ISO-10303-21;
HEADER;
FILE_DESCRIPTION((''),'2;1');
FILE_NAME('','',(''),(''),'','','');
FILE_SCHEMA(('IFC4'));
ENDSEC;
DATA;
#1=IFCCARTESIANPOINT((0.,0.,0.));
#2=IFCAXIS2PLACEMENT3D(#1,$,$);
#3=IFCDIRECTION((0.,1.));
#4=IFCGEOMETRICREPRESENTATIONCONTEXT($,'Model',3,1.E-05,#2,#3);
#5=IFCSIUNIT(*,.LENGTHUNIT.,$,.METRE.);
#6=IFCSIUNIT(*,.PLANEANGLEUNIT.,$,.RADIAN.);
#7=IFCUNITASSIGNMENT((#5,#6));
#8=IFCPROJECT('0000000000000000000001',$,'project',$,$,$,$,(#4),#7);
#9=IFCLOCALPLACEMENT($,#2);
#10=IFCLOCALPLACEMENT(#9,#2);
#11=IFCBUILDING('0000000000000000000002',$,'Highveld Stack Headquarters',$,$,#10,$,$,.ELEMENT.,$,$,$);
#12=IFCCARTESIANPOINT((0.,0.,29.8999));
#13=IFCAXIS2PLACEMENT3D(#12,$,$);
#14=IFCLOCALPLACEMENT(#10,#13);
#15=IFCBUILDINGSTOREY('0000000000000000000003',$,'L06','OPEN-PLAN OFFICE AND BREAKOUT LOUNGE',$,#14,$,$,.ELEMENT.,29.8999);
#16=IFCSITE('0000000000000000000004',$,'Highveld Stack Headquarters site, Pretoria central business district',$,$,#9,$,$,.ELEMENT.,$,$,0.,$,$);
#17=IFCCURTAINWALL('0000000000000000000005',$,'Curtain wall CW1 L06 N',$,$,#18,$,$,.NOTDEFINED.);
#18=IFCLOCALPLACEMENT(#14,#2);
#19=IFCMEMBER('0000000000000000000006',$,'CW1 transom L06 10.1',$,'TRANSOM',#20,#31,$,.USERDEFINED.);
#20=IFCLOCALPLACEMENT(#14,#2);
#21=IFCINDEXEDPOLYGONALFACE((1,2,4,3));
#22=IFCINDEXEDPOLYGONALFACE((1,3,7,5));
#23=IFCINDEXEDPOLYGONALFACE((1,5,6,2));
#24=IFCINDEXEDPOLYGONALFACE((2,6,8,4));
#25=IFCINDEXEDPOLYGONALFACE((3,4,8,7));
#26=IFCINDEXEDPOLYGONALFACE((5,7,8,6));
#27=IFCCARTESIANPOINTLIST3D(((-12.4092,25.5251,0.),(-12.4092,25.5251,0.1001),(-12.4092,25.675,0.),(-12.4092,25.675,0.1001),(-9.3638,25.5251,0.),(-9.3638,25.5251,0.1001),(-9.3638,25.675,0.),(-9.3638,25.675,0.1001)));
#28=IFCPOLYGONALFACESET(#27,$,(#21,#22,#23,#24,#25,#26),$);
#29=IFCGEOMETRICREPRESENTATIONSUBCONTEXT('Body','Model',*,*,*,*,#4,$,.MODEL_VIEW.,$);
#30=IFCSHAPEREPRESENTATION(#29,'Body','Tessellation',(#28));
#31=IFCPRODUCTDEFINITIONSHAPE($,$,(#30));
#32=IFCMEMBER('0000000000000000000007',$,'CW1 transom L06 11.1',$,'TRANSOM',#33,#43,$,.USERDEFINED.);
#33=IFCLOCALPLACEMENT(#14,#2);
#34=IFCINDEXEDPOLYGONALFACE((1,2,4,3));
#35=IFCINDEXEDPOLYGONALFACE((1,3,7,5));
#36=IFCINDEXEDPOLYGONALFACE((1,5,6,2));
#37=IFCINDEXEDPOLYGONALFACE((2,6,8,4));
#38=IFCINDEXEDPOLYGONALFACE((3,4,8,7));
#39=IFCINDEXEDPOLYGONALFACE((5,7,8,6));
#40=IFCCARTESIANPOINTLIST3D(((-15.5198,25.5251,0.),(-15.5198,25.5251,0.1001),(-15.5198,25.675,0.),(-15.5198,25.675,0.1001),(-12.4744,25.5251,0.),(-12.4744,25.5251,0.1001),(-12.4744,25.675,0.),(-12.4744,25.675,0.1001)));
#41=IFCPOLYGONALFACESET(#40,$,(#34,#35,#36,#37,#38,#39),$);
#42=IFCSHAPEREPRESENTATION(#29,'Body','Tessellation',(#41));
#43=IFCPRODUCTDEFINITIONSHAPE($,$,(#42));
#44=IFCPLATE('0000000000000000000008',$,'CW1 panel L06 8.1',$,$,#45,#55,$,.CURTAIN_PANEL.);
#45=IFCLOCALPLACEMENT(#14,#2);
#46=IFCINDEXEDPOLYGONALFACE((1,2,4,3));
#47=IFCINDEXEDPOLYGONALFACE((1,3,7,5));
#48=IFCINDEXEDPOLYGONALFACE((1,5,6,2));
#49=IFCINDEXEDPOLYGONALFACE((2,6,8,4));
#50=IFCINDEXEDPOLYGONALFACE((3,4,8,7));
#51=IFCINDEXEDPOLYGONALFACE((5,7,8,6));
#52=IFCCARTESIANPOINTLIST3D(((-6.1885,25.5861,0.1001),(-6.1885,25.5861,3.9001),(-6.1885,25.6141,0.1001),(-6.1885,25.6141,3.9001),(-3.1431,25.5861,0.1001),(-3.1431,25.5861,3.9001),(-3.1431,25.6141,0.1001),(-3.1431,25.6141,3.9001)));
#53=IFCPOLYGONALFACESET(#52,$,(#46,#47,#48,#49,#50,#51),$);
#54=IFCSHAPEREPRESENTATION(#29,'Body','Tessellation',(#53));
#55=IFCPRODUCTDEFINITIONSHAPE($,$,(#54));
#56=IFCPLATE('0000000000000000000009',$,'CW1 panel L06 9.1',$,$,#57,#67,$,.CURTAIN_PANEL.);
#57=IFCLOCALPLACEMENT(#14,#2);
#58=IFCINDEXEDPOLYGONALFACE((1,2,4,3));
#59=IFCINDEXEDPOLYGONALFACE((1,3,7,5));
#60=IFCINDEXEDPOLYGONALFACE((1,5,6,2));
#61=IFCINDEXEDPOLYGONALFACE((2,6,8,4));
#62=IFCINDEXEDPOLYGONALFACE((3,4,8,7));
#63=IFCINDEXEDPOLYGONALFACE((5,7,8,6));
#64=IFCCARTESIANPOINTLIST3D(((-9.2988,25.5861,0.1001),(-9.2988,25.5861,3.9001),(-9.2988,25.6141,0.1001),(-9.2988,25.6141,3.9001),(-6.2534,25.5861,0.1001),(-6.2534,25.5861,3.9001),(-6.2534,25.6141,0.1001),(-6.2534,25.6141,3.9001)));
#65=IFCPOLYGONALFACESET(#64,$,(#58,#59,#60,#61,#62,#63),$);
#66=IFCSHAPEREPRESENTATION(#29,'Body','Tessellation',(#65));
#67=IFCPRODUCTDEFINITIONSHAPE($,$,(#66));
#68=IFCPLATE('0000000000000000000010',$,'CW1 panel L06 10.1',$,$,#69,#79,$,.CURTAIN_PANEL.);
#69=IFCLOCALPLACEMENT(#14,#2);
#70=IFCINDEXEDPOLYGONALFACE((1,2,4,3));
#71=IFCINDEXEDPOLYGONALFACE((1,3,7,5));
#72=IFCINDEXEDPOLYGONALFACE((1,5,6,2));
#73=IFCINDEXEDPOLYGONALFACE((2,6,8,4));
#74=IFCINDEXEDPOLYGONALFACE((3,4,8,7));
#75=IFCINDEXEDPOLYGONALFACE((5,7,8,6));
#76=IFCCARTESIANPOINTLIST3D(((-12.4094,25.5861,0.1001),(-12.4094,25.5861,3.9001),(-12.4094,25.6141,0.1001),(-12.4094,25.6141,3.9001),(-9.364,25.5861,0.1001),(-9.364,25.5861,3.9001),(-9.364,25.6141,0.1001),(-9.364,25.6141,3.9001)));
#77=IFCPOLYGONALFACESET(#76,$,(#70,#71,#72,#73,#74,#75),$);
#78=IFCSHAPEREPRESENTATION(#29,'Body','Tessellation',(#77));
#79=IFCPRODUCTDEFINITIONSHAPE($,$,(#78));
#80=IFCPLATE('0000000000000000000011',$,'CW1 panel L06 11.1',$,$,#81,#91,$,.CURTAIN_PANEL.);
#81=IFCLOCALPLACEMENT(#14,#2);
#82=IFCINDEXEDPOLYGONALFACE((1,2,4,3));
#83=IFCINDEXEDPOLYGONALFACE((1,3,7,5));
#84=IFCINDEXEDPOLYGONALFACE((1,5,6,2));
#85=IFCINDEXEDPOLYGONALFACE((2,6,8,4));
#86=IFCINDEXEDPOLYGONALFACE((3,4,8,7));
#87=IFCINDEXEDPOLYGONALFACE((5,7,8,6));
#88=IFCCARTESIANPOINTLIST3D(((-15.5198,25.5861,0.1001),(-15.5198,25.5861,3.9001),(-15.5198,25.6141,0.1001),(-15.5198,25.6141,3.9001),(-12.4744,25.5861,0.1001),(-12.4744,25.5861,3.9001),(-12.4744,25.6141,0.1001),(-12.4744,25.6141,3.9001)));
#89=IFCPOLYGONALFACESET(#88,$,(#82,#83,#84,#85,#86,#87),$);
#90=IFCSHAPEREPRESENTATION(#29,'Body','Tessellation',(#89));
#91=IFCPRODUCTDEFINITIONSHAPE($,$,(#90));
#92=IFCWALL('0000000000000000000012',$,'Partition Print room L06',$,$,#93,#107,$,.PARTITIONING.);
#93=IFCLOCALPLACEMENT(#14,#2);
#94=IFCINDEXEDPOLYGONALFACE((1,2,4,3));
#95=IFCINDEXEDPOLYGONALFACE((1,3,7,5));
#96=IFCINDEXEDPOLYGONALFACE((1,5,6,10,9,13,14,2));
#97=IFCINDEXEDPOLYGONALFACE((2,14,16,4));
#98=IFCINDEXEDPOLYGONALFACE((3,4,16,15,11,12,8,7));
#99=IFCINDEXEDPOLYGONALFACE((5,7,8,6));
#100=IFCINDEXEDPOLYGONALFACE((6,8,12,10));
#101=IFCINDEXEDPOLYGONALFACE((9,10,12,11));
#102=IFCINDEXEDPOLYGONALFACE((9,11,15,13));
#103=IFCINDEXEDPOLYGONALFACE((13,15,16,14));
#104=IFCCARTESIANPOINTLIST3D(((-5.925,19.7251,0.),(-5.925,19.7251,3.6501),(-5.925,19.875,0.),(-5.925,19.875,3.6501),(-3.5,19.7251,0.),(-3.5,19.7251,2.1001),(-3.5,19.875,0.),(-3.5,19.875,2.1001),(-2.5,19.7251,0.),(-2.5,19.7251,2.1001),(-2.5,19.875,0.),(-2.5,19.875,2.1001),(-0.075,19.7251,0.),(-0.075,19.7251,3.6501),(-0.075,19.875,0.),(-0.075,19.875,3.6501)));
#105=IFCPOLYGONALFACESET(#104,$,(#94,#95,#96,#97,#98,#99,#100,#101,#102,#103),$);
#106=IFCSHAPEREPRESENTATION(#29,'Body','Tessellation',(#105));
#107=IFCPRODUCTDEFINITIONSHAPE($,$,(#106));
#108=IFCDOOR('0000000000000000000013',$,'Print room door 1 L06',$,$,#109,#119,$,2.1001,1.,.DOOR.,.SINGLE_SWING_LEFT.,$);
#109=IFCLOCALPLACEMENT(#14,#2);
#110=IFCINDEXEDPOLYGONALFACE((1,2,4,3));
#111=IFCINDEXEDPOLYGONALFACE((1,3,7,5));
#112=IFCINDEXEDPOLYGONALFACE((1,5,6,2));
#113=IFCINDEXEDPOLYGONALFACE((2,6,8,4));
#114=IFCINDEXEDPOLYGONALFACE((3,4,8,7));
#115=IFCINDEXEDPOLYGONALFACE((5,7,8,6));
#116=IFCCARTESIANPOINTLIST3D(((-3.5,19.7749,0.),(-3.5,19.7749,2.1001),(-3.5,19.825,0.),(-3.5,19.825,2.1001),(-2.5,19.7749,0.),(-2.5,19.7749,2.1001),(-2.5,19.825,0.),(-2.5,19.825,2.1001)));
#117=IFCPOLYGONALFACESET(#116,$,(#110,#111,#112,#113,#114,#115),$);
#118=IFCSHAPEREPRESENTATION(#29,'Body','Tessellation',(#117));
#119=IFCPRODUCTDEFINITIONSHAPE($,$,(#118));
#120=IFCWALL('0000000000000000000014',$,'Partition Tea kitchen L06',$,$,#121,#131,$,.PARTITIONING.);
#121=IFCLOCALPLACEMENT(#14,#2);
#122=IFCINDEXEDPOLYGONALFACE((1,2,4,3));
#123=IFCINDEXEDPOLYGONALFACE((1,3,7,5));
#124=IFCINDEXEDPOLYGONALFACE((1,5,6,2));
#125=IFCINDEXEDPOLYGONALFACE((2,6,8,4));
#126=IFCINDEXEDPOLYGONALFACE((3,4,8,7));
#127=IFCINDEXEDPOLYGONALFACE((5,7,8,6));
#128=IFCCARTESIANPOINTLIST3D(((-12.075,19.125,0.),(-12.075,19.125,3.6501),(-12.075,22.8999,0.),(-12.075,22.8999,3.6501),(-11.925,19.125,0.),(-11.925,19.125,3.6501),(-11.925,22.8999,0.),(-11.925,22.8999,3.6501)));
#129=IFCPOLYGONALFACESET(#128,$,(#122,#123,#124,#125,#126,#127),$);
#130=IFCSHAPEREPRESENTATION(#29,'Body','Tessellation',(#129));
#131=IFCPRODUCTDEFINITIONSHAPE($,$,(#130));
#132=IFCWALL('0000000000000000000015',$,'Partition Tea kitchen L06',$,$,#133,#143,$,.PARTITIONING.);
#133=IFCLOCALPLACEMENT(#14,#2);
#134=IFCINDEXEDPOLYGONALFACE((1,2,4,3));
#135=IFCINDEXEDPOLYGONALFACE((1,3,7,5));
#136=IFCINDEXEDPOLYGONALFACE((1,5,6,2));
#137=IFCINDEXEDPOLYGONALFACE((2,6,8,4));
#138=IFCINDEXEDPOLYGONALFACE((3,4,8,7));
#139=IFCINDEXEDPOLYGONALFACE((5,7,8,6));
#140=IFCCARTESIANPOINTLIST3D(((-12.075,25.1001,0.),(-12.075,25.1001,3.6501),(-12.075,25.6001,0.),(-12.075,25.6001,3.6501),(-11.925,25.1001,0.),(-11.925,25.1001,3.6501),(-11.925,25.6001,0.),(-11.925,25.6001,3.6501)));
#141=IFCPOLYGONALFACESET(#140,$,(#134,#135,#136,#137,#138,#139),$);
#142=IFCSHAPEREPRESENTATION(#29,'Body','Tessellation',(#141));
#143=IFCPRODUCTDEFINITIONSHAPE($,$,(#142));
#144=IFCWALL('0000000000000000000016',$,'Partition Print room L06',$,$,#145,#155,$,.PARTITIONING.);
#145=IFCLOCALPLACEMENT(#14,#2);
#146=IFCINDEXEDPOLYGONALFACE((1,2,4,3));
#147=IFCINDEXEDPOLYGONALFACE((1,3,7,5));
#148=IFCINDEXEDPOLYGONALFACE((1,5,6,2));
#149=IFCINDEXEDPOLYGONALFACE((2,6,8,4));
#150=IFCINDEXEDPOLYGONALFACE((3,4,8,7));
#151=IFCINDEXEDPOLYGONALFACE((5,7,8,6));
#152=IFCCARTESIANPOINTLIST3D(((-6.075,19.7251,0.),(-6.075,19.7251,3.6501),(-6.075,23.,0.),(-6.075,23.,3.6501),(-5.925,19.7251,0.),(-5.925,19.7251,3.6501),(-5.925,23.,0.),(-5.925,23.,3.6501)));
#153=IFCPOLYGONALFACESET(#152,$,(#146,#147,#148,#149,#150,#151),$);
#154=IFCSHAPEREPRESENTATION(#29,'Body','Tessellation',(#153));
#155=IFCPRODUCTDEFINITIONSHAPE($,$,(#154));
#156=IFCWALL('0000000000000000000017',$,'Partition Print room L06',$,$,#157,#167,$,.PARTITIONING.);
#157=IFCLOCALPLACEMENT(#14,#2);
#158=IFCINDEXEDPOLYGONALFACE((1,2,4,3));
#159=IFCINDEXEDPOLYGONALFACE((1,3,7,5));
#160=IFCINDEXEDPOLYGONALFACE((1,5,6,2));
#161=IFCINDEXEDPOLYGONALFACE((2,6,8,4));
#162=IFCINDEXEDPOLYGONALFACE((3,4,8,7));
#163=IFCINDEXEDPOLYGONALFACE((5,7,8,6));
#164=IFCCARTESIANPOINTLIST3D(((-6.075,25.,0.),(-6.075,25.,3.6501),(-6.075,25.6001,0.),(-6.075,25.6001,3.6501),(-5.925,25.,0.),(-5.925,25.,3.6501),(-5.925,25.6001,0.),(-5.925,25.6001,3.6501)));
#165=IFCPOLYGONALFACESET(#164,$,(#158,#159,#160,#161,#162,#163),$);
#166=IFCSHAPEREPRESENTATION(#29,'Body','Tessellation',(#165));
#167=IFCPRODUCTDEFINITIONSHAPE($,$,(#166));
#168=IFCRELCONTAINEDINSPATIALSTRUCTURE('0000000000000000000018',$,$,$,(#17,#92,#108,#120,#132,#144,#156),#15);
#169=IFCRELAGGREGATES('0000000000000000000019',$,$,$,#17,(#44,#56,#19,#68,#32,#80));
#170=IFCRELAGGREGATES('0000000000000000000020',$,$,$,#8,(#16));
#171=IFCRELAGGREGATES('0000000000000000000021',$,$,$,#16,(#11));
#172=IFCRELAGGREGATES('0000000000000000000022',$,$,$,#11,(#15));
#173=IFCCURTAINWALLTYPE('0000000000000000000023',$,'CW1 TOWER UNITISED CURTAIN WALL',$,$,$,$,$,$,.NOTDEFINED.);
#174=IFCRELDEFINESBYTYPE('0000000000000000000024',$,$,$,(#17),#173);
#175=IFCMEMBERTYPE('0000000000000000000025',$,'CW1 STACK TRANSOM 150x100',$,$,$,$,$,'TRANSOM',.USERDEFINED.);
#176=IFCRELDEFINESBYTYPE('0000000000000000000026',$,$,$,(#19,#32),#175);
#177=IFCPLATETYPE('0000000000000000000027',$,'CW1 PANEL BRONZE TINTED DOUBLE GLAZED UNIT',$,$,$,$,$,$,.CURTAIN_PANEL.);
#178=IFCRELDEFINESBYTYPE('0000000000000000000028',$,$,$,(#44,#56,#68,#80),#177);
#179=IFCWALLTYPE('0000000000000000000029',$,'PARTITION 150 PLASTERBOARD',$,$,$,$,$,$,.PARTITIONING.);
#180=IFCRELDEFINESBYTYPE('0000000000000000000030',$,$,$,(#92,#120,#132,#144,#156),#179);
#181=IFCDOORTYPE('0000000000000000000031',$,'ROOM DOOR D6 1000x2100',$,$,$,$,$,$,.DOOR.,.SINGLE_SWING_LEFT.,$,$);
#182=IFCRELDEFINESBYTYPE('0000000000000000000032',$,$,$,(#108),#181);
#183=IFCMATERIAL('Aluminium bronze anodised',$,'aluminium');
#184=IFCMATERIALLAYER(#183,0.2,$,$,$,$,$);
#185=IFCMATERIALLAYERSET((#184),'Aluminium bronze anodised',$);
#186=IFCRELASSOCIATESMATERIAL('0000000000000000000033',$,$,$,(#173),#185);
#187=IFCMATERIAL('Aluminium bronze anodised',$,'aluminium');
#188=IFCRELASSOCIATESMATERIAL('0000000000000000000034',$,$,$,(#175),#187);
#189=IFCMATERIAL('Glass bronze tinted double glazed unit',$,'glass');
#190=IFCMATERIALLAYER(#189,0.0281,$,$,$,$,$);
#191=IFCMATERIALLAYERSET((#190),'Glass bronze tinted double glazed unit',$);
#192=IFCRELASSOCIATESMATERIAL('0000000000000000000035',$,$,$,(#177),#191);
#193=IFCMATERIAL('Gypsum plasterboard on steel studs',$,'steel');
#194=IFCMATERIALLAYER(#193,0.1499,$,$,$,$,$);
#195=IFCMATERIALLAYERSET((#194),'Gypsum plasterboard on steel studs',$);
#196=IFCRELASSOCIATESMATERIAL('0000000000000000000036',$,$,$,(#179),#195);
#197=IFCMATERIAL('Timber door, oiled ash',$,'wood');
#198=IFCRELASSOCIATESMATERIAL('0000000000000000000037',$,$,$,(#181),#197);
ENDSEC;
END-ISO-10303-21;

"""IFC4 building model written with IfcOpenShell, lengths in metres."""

from ifc_helpers import new_model, si_unit, direction, frame, frame_2d, origin, origin_2d, place, context, subcontext, project, spatial, rectangle, extrude, material, layer, layer_set, material_profile, profile_set, type_object, element, fill, aggregate, save


model = new_model("IFC4")

# Units and contexts
model_context = context("Model", 3, precision=1e-05, world=origin(), true_north=direction((0.0, 1.0)))
body_context = subcontext(model_context, "Body", "Model", "MODEL_VIEW")
ifc_project = project(units=[si_unit("LENGTHUNIT", "METRE"), si_unit("PLANEANGLEUNIT", "RADIAN")], contexts=[model_context])

# Site, building, storey
site_placement = place(None, origin())
site = spatial("IfcSite", under=ifc_project, at=site_placement, Name="Highveld Stack Headquarters site, Pretoria central business district", CompositionType="ELEMENT", RefElevation=0.0)
building_placement = place(site_placement, origin())
building = spatial("IfcBuilding", under=site, at=building_placement, Name="Highveld Stack Headquarters", CompositionType="ELEMENT")
storey_placement = place(building_placement, frame((0.0, 0.0, 29.8999)))
storey = spatial("IfcBuildingStorey", under=building, at=storey_placement, Name="L06", Description="OPEN-PLAN OFFICE AND BREAKOUT LOUNGE", CompositionType="ELEMENT", Elevation=29.8999)

# Curtain wall, members, plates
ifc_material_1 = material(Name="Aluminium bronze anodised", Category="aluminium")
ifc_layer_1 = layer(ifc_material_1, 0.2)
ifc_layer_set_1 = layer_set([ifc_layer_1], Name="Aluminium bronze anodised")
curtain_wall_type = type_object("IfcCurtainWallType", Name="CW1 TOWER UNITISED CURTAIN WALL", PredefinedType="NOTDEFINED", material=ifc_layer_set_1)
curtain_wall_placement = place(storey_placement, origin())
curtain_wall = element("IfcCurtainWall", 1, at=curtain_wall_placement, inside=storey, type_object=curtain_wall_type, Name="Curtain wall CW1 L06 N", PredefinedType="NOTDEFINED")
ifc_material_2 = material(Name="Aluminium bronze anodised", Category="aluminium")
ifc_material_profile_1 = material_profile(ifc_material_2, rectangle(XDim=0.1499, YDim=0.1001, at=origin_2d()), Name="CW1 TRANSOM 150x100")
ifc_profile_set_1 = profile_set([ifc_material_profile_1], Name="Aluminium bronze anodised")
member_type_1 = type_object("IfcMemberType", Name="CW1 STACK TRANSOM 150x100", ElementType="TRANSOM", PredefinedType="USERDEFINED", material=ifc_profile_set_1)
member_1_placement = place(storey_placement, frame((-9.3638, 25.6001, 0.05), z_axis=(-1.0, 0.0, 0.0), x_axis=(0.0, -1.0, 0.0)))
member_1 = element("IfcMember", 2, at=member_1_placement, type_object=member_type_1, Name="CW1 transom L06 10.1", ObjectType="TRANSOM", PredefinedType="USERDEFINED", context=body_context, shape_type="SweptSolid", body=[
    extrude(rectangle(XDim=0.1499, YDim=0.1001, at=origin_2d()), origin(), (0.0, 0.0, 1.0), 3.0454),
])
member_2_placement = place(storey_placement, frame((-12.4744, 25.6001, 0.05), z_axis=(-1.0, 0.0, 0.0), x_axis=(0.0, -1.0, 0.0)))
member_2 = element("IfcMember", 3, at=member_2_placement, type_object=member_type_1, Name="CW1 transom L06 11.1", ObjectType="TRANSOM", PredefinedType="USERDEFINED", context=body_context, shape_type="SweptSolid", body=[
    extrude(rectangle(XDim=0.1499, YDim=0.1001, at=origin_2d()), origin(), (0.0, 0.0, 1.0), 3.0454),
])
ifc_material_3 = material(Name="Glass bronze tinted double glazed unit", Category="glass")
ifc_layer_2 = layer(ifc_material_3, 0.0281)
ifc_layer_set_2 = layer_set([ifc_layer_2], Name="Glass bronze tinted double glazed unit")
plate_type = type_object("IfcPlateType", Name="CW1 PANEL BRONZE TINTED DOUBLE GLAZED UNIT", PredefinedType="CURTAIN_PANEL", material=ifc_layer_set_2)
plate_1_placement = place(storey_placement, frame((-4.6658, 25.6001, 0.1001), z_axis=(0.0, 0.0, 1.0), x_axis=(-1.0, 0.0, 0.0)))
plate_1 = element("IfcPlate", 4, at=plate_1_placement, type_object=plate_type, Name="CW1 panel L06 8.1", PredefinedType="CURTAIN_PANEL", context=body_context, shape_type="SweptSolid", body=[
    extrude(rectangle(XDim=3.0454, YDim=0.0281, at=origin_2d()), origin(), (0.0, 0.0, 1.0), 3.8),
])
plate_2_placement = place(storey_placement, frame((-7.7761, 25.6001, 0.1001), z_axis=(0.0, 0.0, 1.0), x_axis=(-1.0, 0.0, 0.0)))
plate_2 = element("IfcPlate", 5, at=plate_2_placement, type_object=plate_type, Name="CW1 panel L06 9.1", PredefinedType="CURTAIN_PANEL", context=body_context, shape_type="SweptSolid", body=[
    extrude(rectangle(XDim=3.0454, YDim=0.0281, at=origin_2d()), origin(), (0.0, 0.0, 1.0), 3.8),
])
plate_3_placement = place(storey_placement, frame((-10.8867, 25.6001, 0.1001), z_axis=(0.0, 0.0, 1.0), x_axis=(-1.0, 0.0, 0.0)))
plate_3 = element("IfcPlate", 6, at=plate_3_placement, type_object=plate_type, Name="CW1 panel L06 10.1", PredefinedType="CURTAIN_PANEL", context=body_context, shape_type="SweptSolid", body=[
    extrude(rectangle(XDim=3.0454, YDim=0.0281, at=origin_2d()), origin(), (0.0, 0.0, 1.0), 3.8),
])
plate_4_placement = place(storey_placement, frame((-13.9971, 25.6001, 0.1001), z_axis=(0.0, 0.0, 1.0), x_axis=(-1.0, 0.0, 0.0)))
plate_4 = element("IfcPlate", 7, at=plate_4_placement, type_object=plate_type, Name="CW1 panel L06 11.1", PredefinedType="CURTAIN_PANEL", context=body_context, shape_type="SweptSolid", body=[
    extrude(rectangle(XDim=3.0454, YDim=0.0281, at=origin_2d()), origin(), (0.0, 0.0, 1.0), 3.8),
])
aggregate(curtain_wall, [plate_1, plate_2, member_1, plate_3, member_2, plate_4])

# Wall, opening, door
ifc_material_4 = material(Name="Gypsum plasterboard on steel studs", Category="steel")
ifc_layer_3 = layer(ifc_material_4, 0.1499)
ifc_layer_set_3 = layer_set([ifc_layer_3], Name="Gypsum plasterboard on steel studs")
wall_type = type_object("IfcWallType", Name="PARTITION 150 PLASTERBOARD", PredefinedType="PARTITIONING", material=ifc_layer_set_3)
wall_1_placement = place(storey_placement, frame((-5.925, 19.8, 0.0), z_axis=(0.0, 0.0, 1.0), x_axis=(1.0, 0.0, 0.0)))
wall_1 = element("IfcWall", 8, at=wall_1_placement, inside=storey, type_object=wall_type, Name="Partition Print room L06", PredefinedType="PARTITIONING", context=body_context, shape_type="SweptSolid", body=[
    extrude(rectangle(XDim=5.8501, YDim=0.1499, at=frame_2d((2.925, 0.0))), origin(), (0.0, 0.0, 1.0), 3.6501),
])
opening_placement = place(wall_1_placement, frame((2.425, 0.0, 0.0)))
opening = element("IfcOpeningElement", 9, at=opening_placement, cuts=wall_1, PredefinedType="OPENING", context=body_context, shape_type="SweptSolid", body=[
    extrude(rectangle(XDim=1.0, YDim=2.1001, at=frame_2d((0.5, 1.05))), frame((0.0, 0.085, 0.0), z_axis=(0.0, -1.0, 0.0), x_axis=(1.0, 0.0, 0.0)), (0.0, 0.0, 1.0), 0.1699),
])
ifc_material_5 = material(Name="Timber door, oiled ash", Category="wood")
door_type = type_object("IfcDoorType", Name="ROOM DOOR D6 1000x2100", OperationType="SINGLE_SWING_LEFT", PredefinedType="DOOR", material=ifc_material_5)
door_placement = place(opening_placement, origin())
door = element("IfcDoor", 10, at=door_placement, inside=storey, type_object=door_type, Name="Print room door 1 L06", OperationType="SINGLE_SWING_LEFT", OverallHeight=2.1001, OverallWidth=1.0, PredefinedType="DOOR", context=body_context, shape_type="SweptSolid", body=[
    extrude(rectangle(XDim=1.0, YDim=2.1001, at=frame_2d((0.5, 1.05))), frame((0.0, 0.0249, 0.0), z_axis=(0.0, -1.0, 0.0), x_axis=(1.0, 0.0, 0.0)), (0.0, 0.0, 1.0), 0.05),
])
fill(opening, door)

# Walls
wall_2_placement = place(storey_placement, frame((-12.0, 19.125, 0.0), z_axis=(0.0, 0.0, 1.0), x_axis=(0.0, 1.0, 0.0)))
element("IfcWall", 11, at=wall_2_placement, inside=storey, type_object=wall_type, Name="Partition Tea kitchen L06", PredefinedType="PARTITIONING", context=body_context, shape_type="SweptSolid", body=[
    extrude(rectangle(XDim=3.7749, YDim=0.1499, at=frame_2d((1.8875, 0.0))), origin(), (0.0, 0.0, 1.0), 3.6501),
])
wall_3_placement = place(storey_placement, frame((-12.0, 25.1001, 0.0), z_axis=(0.0, 0.0, 1.0), x_axis=(0.0, 1.0, 0.0)))
element("IfcWall", 12, at=wall_3_placement, inside=storey, type_object=wall_type, Name="Partition Tea kitchen L06", PredefinedType="PARTITIONING", context=body_context, shape_type="SweptSolid", body=[
    extrude(rectangle(XDim=0.5, YDim=0.1499, at=frame_2d((0.25, 0.0))), origin(), (0.0, 0.0, 1.0), 3.6501),
])
wall_4_placement = place(storey_placement, frame((-6.0, 19.7251, 0.0), z_axis=(0.0, 0.0, 1.0), x_axis=(0.0, 1.0, 0.0)))
element("IfcWall", 13, at=wall_4_placement, inside=storey, type_object=wall_type, Name="Partition Print room L06", PredefinedType="PARTITIONING", context=body_context, shape_type="SweptSolid", body=[
    extrude(rectangle(XDim=3.2749, YDim=0.1499, at=frame_2d((1.6375, 0.0))), origin(), (0.0, 0.0, 1.0), 3.6501),
])
wall_5_placement = place(storey_placement, frame((-6.0, 25.0, 0.0), z_axis=(0.0, 0.0, 1.0), x_axis=(0.0, 1.0, 0.0)))
element("IfcWall", 14, at=wall_5_placement, inside=storey, type_object=wall_type, Name="Partition Print room L06", PredefinedType="PARTITIONING", context=body_context, shape_type="SweptSolid", body=[
    extrude(rectangle(XDim=0.6001, YDim=0.1499, at=frame_2d((0.3, 0.0))), origin(), (0.0, 0.0, 1.0), 3.6501),
])

save(model, "model.ifc")
